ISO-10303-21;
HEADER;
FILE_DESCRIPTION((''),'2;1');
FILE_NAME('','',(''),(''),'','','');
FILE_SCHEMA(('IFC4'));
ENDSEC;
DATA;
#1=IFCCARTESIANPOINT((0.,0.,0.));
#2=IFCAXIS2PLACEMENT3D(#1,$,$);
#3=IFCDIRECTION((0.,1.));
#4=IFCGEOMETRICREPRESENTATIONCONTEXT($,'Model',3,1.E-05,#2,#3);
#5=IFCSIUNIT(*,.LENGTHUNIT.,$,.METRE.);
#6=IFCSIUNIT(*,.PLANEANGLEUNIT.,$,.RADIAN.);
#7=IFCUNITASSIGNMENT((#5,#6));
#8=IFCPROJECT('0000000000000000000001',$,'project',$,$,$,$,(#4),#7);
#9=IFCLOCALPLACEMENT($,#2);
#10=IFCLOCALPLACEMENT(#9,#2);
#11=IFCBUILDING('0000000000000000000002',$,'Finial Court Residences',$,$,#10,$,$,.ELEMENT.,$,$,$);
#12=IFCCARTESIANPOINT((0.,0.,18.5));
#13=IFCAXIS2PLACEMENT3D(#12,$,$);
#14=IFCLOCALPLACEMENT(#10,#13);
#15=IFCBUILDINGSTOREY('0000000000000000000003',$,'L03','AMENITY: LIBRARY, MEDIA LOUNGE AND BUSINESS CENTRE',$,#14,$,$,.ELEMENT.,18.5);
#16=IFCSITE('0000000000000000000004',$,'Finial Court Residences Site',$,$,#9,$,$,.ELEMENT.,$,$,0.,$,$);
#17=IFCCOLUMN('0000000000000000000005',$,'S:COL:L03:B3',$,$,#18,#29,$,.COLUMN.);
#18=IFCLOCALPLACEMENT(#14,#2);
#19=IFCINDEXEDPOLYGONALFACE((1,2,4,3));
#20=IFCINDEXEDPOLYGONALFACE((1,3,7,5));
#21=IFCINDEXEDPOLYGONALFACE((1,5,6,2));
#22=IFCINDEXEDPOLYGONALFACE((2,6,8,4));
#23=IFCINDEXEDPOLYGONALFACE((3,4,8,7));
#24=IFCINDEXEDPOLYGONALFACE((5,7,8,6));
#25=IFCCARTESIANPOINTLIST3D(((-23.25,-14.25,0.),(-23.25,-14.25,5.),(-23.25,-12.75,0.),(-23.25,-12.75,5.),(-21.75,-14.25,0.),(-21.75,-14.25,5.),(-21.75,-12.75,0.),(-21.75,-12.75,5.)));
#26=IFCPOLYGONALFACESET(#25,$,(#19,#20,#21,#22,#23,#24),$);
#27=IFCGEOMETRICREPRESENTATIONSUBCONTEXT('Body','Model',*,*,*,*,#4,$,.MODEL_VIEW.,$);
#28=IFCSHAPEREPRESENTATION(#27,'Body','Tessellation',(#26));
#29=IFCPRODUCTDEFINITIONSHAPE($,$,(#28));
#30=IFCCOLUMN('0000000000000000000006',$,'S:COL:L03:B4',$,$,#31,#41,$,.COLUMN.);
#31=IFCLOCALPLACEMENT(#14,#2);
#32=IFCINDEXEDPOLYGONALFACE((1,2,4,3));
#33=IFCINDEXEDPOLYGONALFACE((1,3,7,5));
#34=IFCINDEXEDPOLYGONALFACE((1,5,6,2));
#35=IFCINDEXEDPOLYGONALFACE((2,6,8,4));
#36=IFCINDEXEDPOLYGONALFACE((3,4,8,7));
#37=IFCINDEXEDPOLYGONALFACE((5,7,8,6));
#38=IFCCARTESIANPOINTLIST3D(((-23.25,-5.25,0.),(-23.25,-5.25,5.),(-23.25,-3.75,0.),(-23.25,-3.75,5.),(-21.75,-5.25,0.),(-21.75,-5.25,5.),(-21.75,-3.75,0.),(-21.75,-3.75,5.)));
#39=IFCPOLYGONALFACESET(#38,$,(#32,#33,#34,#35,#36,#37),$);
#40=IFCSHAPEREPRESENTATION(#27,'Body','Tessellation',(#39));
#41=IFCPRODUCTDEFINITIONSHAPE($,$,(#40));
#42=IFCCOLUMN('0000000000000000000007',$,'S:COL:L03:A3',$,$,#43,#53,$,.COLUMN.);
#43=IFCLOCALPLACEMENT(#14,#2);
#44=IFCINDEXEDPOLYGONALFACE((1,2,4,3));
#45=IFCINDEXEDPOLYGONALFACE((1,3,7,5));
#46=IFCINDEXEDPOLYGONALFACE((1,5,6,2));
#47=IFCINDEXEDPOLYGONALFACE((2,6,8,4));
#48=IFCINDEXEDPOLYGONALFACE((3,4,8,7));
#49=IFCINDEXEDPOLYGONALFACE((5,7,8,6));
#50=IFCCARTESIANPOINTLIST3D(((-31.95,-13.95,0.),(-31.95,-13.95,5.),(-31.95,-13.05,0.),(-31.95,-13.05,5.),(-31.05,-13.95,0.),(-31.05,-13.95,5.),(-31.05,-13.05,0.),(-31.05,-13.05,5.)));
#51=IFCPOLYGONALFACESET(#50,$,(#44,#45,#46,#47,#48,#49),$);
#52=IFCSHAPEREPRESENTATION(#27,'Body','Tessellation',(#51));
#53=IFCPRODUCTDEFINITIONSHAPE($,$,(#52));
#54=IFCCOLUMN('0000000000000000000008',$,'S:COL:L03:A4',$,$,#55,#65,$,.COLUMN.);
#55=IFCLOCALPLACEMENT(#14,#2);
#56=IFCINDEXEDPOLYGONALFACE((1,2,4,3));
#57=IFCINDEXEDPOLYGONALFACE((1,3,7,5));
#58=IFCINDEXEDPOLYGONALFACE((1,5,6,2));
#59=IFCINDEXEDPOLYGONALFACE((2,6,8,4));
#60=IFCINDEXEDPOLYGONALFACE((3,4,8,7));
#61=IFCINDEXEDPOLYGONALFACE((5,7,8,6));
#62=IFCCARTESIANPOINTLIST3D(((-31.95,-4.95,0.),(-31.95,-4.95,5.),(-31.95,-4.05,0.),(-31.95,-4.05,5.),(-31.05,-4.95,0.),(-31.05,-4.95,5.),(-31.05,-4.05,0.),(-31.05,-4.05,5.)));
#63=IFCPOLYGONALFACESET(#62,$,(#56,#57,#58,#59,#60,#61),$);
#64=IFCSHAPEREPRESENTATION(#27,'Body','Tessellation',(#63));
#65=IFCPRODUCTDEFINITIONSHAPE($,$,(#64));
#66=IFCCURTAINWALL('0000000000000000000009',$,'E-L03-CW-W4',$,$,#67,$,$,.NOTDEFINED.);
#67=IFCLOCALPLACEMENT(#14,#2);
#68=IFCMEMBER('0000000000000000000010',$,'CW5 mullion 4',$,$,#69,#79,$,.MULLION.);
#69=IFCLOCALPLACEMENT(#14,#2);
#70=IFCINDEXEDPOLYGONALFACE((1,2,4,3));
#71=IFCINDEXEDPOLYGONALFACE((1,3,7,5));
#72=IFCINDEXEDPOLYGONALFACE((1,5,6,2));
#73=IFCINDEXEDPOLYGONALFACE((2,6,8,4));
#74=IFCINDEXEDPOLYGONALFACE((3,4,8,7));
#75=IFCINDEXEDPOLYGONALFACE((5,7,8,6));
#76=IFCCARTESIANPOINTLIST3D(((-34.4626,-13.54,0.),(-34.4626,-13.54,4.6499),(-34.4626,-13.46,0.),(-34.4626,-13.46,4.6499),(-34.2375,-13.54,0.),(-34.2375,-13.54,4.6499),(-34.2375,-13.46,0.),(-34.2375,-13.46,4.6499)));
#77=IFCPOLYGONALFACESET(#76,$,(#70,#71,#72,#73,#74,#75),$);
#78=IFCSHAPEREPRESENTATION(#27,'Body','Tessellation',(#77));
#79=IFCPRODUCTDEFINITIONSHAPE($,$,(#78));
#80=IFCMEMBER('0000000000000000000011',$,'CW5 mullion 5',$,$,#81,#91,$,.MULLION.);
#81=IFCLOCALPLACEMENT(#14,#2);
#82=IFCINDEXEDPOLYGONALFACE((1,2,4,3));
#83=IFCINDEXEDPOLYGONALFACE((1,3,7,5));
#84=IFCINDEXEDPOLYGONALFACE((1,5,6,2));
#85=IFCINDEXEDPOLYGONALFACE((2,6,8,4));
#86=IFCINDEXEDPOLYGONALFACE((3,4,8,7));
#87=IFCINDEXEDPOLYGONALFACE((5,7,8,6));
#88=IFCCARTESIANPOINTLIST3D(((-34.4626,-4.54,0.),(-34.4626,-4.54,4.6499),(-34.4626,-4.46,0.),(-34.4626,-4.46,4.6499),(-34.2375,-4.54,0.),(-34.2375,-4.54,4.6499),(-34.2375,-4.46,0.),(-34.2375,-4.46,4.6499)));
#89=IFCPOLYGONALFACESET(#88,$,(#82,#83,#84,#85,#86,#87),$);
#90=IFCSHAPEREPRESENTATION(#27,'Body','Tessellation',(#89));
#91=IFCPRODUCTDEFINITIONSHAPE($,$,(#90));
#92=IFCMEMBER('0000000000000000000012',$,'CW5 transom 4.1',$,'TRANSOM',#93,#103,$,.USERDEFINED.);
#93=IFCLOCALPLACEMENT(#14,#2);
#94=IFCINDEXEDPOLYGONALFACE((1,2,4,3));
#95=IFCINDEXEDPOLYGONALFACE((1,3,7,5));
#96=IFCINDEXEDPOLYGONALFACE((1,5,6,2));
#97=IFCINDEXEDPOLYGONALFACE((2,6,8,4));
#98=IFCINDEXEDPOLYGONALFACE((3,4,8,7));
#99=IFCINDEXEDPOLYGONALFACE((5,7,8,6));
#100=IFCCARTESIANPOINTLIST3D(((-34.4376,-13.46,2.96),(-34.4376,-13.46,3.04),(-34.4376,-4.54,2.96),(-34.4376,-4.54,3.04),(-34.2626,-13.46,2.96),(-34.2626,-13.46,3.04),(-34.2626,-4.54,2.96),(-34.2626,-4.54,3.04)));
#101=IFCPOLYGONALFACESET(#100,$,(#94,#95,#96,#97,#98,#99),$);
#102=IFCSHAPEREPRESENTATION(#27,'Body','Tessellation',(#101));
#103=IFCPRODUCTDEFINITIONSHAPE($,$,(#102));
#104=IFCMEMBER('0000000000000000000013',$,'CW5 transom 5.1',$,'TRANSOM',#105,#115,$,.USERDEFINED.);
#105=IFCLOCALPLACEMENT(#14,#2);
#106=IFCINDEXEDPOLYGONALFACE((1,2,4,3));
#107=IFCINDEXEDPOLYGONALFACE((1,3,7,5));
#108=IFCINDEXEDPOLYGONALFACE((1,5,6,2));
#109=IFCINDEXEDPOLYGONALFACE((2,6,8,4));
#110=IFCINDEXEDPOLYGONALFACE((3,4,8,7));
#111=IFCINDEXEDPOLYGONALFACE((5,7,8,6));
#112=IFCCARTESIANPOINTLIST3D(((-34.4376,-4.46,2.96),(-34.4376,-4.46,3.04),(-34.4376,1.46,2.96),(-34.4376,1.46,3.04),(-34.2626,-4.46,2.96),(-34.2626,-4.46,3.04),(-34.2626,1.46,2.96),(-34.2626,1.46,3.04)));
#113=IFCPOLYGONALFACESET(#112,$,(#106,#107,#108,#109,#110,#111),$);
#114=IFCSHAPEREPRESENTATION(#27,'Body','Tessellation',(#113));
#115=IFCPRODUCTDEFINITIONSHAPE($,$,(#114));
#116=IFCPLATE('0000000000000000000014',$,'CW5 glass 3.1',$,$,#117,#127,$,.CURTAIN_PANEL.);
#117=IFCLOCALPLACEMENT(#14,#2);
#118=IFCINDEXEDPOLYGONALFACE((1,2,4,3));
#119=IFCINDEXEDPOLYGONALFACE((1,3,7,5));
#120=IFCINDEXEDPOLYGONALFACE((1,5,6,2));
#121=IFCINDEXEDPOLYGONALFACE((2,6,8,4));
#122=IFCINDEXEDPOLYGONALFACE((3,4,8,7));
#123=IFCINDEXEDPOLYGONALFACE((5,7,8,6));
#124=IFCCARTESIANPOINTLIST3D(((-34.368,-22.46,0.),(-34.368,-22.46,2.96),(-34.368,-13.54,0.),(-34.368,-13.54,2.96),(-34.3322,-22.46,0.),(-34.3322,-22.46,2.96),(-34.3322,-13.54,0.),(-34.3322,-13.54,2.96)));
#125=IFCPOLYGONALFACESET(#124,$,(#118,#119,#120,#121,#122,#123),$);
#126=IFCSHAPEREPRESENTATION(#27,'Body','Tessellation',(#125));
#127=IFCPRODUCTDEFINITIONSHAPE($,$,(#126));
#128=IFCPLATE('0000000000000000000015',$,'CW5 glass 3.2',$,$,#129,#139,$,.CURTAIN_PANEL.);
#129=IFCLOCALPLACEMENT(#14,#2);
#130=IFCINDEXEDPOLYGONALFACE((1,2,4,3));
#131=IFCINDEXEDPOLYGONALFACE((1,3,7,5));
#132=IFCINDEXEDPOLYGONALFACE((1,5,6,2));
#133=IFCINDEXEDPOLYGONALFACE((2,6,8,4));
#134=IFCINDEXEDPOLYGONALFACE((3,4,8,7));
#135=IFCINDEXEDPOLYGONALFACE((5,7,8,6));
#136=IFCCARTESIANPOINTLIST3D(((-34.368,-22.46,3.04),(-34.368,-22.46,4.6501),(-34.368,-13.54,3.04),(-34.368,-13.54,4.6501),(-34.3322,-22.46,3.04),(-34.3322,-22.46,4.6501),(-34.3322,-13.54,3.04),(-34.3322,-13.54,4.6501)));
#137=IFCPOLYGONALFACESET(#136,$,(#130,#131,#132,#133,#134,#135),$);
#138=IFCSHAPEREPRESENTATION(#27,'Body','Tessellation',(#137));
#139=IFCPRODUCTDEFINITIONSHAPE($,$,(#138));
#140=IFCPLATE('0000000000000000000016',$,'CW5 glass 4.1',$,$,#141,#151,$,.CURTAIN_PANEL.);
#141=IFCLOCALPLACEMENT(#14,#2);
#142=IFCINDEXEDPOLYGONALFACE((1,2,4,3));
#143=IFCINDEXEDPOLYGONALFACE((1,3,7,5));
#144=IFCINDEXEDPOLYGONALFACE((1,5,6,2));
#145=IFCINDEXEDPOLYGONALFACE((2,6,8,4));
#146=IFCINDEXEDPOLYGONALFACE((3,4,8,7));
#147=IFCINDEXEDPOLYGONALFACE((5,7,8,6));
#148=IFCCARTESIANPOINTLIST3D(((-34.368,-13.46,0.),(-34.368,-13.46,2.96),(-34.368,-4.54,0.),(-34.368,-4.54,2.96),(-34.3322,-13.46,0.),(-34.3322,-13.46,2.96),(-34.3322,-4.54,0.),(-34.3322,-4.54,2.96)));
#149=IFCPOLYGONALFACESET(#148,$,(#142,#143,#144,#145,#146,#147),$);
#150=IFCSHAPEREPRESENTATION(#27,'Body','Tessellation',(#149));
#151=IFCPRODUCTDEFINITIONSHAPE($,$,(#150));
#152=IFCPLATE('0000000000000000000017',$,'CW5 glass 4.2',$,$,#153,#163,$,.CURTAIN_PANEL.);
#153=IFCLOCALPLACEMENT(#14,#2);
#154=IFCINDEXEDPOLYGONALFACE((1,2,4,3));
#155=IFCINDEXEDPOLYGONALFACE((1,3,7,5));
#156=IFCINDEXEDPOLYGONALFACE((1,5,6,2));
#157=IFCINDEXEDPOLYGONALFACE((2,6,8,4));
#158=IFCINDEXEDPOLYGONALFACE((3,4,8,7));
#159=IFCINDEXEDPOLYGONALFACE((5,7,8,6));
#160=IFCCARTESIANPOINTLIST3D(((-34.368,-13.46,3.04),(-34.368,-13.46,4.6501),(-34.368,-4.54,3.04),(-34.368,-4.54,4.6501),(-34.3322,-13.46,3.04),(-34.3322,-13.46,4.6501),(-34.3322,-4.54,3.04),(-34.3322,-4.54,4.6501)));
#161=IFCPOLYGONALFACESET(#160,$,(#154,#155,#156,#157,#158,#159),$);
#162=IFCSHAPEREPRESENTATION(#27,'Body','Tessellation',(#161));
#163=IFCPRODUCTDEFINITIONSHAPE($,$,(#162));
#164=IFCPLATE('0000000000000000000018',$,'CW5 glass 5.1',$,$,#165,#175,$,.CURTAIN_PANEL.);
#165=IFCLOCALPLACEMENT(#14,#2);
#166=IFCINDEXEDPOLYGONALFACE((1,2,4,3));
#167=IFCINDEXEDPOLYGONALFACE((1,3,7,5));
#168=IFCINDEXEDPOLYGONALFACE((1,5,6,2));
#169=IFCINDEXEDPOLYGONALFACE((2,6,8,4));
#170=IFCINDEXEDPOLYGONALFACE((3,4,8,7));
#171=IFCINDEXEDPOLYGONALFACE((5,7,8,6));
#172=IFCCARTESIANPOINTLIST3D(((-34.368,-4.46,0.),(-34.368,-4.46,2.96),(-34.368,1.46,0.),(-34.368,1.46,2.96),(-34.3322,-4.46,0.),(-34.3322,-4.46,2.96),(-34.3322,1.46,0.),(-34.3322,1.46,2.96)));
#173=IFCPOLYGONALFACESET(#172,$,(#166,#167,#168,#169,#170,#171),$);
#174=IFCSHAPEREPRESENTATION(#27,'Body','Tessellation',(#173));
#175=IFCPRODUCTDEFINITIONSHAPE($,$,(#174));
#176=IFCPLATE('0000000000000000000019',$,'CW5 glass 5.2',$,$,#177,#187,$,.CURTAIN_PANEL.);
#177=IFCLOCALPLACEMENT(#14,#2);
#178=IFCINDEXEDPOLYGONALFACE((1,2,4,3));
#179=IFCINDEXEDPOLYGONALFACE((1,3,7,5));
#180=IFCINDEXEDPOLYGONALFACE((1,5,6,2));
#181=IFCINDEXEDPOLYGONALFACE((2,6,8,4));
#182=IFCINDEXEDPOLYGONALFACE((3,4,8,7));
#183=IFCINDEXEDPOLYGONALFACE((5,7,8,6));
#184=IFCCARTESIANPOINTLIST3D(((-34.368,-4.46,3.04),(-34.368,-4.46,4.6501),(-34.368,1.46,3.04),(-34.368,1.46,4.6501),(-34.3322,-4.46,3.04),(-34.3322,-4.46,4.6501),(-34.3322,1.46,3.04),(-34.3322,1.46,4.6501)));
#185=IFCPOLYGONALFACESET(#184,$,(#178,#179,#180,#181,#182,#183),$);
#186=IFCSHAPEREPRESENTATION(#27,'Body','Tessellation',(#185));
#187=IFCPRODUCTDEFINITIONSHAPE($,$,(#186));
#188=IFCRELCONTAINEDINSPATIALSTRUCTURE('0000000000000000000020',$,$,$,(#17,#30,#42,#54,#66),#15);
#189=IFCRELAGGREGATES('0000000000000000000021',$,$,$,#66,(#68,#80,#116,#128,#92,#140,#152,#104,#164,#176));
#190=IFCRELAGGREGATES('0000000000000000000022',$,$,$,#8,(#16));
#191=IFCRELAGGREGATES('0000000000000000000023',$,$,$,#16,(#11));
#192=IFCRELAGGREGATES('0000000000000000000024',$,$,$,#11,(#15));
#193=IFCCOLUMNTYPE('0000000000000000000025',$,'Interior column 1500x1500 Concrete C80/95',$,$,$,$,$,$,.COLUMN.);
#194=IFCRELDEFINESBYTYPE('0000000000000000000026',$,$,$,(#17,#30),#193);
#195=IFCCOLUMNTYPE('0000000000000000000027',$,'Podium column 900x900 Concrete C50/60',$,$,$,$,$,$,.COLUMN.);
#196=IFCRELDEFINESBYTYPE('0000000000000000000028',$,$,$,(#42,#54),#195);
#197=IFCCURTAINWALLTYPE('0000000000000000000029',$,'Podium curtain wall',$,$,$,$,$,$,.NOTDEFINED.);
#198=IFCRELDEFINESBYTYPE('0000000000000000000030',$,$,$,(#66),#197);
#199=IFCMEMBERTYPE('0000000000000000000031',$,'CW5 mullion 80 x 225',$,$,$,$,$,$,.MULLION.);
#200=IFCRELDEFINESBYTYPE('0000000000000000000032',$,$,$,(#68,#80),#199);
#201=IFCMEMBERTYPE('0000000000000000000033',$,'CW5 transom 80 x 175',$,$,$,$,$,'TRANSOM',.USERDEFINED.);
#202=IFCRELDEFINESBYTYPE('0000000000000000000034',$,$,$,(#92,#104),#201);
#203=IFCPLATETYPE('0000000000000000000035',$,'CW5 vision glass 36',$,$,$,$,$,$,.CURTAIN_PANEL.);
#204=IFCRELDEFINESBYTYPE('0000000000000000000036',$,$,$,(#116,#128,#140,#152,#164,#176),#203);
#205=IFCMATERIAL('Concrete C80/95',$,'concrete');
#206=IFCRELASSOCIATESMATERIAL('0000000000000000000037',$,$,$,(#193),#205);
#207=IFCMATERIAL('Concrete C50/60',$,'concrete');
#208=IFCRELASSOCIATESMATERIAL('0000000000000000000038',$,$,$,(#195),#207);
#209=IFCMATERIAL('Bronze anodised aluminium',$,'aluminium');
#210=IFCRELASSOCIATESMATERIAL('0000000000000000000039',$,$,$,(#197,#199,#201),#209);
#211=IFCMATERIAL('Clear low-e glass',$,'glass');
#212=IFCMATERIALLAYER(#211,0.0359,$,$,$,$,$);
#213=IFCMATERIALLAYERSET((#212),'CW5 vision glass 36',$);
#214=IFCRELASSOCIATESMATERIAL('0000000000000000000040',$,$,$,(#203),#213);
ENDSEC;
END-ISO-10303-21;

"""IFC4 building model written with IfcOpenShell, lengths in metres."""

from ifc_helpers import new_model, si_unit, direction, frame, origin, origin_2d, place, context, subcontext, project, spatial, rectangle, extrude, material, layer, layer_set, material_profile, profile_set, type_object, element, aggregate, save


model = new_model("IFC4")

# Units and contexts
model_context = context("Model", 3, precision=1e-05, world=origin(), true_north=direction((0.0, 1.0)))
body_context = subcontext(model_context, "Body", "Model", "MODEL_VIEW")
ifc_project = project(units=[si_unit("LENGTHUNIT", "METRE"), si_unit("PLANEANGLEUNIT", "RADIAN")], contexts=[model_context])

# Site, building, storey
site_placement = place(None, origin())
site = spatial("IfcSite", under=ifc_project, at=site_placement, Name="Finial Court Residences Site", CompositionType="ELEMENT", RefElevation=0.0)
building_placement = place(site_placement, origin())
building = spatial("IfcBuilding", under=site, at=building_placement, Name="Finial Court Residences", CompositionType="ELEMENT")
storey_placement = place(building_placement, frame((0.0, 0.0, 18.5)))
storey = spatial("IfcBuildingStorey", under=building, at=storey_placement, Name="L03", Description="AMENITY: LIBRARY, MEDIA LOUNGE AND BUSINESS CENTRE", CompositionType="ELEMENT", Elevation=18.5)

# Columns
ifc_material_1 = material(Name="Concrete C80/95", Category="concrete")
ifc_material_profile_1 = material_profile(ifc_material_1, rectangle(XDim=1.5, YDim=1.5, at=origin_2d()), Name="1500x1500")
ifc_profile_set_1 = profile_set([ifc_material_profile_1], Name="Concrete C80/95")
column_type_1 = type_object("IfcColumnType", Name="Interior column 1500x1500 Concrete C80/95", PredefinedType="COLUMN", material=ifc_profile_set_1)
for number, where, z_axis, x_axis, name in (
    (1, (-22.5, -13.5, 0.0), (0.0, 0.0, 1.0), (1.0, 0.0, 0.0), "S:COL:L03:B3"),
    (2, (-22.5, -4.5, 0.0), (0.0, 0.0, 1.0), (1.0, 0.0, 0.0), "S:COL:L03:B4"),
):
    element("IfcColumn", number, at=place(storey_placement, frame(where, z_axis=z_axis, x_axis=x_axis)), inside=storey, type_object=column_type_1, Name=name, PredefinedType="COLUMN", context=body_context, shape_type="SweptSolid", body=[
        extrude(rectangle(XDim=1.5, YDim=1.5, at=origin_2d()), origin(), (0.0, 0.0, 1.0), 5.0),
    ])
ifc_material_2 = material(Name="Concrete C50/60", Category="concrete")
ifc_material_profile_2 = material_profile(ifc_material_2, rectangle(XDim=0.8999, YDim=0.8999, at=origin_2d()), Name="900x900")
ifc_profile_set_2 = profile_set([ifc_material_profile_2], Name="Concrete C50/60")
column_type_2 = type_object("IfcColumnType", Name="Podium column 900x900 Concrete C50/60", PredefinedType="COLUMN", material=ifc_profile_set_2)
for number, where, z_axis, x_axis, name in (
    (3, (-31.5, -13.5, 0.0), (0.0, 0.0, 1.0), (1.0, 0.0, 0.0), "S:COL:L03:A3"),
    (4, (-31.5, -4.5, 0.0), (0.0, 0.0, 1.0), (1.0, 0.0, 0.0), "S:COL:L03:A4"),
):
    element("IfcColumn", number, at=place(storey_placement, frame(where, z_axis=z_axis, x_axis=x_axis)), inside=storey, type_object=column_type_2, Name=name, PredefinedType="COLUMN", context=body_context, shape_type="SweptSolid", body=[
        extrude(rectangle(XDim=0.8999, YDim=0.8999, at=origin_2d()), origin(), (0.0, 0.0, 1.0), 5.0),
    ])

# Curtain wall, members, plates
ifc_material_3 = material(Name="Bronze anodised aluminium", Category="aluminium")
curtain_wall_type = type_object("IfcCurtainWallType", Name="Podium curtain wall", PredefinedType="NOTDEFINED", material=ifc_material_3)
curtain_wall_placement = place(storey_placement, origin())
curtain_wall = element("IfcCurtainWall", 5, at=curtain_wall_placement, inside=storey, type_object=curtain_wall_type, Name="E-L03-CW-W4", PredefinedType="NOTDEFINED")
ifc_material_profile_3 = material_profile(ifc_material_3, rectangle(XDim=0.2251, YDim=0.0801, at=origin_2d()), Name="CW5 mullion 80 x 225")
ifc_profile_set_3 = profile_set([ifc_material_profile_3], Name="Bronze anodised aluminium")
member_type_1 = type_object("IfcMemberType", Name="CW5 mullion 80 x 225", PredefinedType="MULLION", material=ifc_profile_set_3)
member_1_placement = place(storey_placement, frame((-34.3501, -13.5, 0.0), z_axis=(0.0, 0.0, 1.0), x_axis=(-1.0, 0.0, 0.0)))
member_1 = element("IfcMember", 6, at=member_1_placement, type_object=member_type_1, Name="CW5 mullion 4", PredefinedType="MULLION", context=body_context, shape_type="SweptSolid", body=[
    extrude(rectangle(XDim=0.2251, YDim=0.0801, at=origin_2d()), origin(), (0.0, 0.0, 1.0), 4.6499),
])
member_2_placement = place(storey_placement, frame((-34.3501, -4.5, 0.0), z_axis=(0.0, 0.0, 1.0), x_axis=(-1.0, 0.0, 0.0)))
member_2 = element("IfcMember", 7, at=member_2_placement, type_object=member_type_1, Name="CW5 mullion 5", PredefinedType="MULLION", context=body_context, shape_type="SweptSolid", body=[
    extrude(rectangle(XDim=0.2251, YDim=0.0801, at=origin_2d()), origin(), (0.0, 0.0, 1.0), 4.6499),
])
ifc_material_profile_4 = material_profile(ifc_material_3, rectangle(XDim=0.175, YDim=0.0801, at=origin_2d()), Name="CW5 transom 80 x 175")
ifc_profile_set_4 = profile_set([ifc_material_profile_4], Name="Bronze anodised aluminium")
member_type_2 = type_object("IfcMemberType", Name="CW5 transom 80 x 175", ElementType="TRANSOM", PredefinedType="USERDEFINED", material=ifc_profile_set_4)
member_3_placement = place(storey_placement, frame((-34.3501, -13.46, 3.0), z_axis=(0.0, 1.0, 0.0), x_axis=(-1.0, 0.0, 0.0)))
member_3 = element("IfcMember", 8, at=member_3_placement, type_object=member_type_2, Name="CW5 transom 4.1", ObjectType="TRANSOM", PredefinedType="USERDEFINED", context=body_context, shape_type="SweptSolid", body=[
    extrude(rectangle(XDim=0.175, YDim=0.0801, at=origin_2d()), origin(), (0.0, 0.0, 1.0), 8.9199),
])
member_4_placement = place(storey_placement, frame((-34.3501, -4.46, 3.0), z_axis=(0.0, 1.0, 0.0), x_axis=(-1.0, 0.0, 0.0)))
member_4 = element("IfcMember", 9, at=member_4_placement, type_object=member_type_2, Name="CW5 transom 5.1", ObjectType="TRANSOM", PredefinedType="USERDEFINED", context=body_context, shape_type="SweptSolid", body=[
    extrude(rectangle(XDim=0.175, YDim=0.0801, at=origin_2d()), origin(), (0.0, 0.0, 1.0), 5.9199),
])
ifc_material_4 = material(Name="Clear low-e glass", Category="glass")
ifc_layer_1 = layer(ifc_material_4, 0.0359)
ifc_layer_set_1 = layer_set([ifc_layer_1], Name="CW5 vision glass 36")
plate_type = type_object("IfcPlateType", Name="CW5 vision glass 36", PredefinedType="CURTAIN_PANEL", material=ifc_layer_set_1)
plate_1_placement = place(storey_placement, frame((-34.3501, -18.0, 0.0), z_axis=(0.0, 0.0, 1.0), x_axis=(0.0, 1.0, 0.0)))
plate_1 = element("IfcPlate", 10, at=plate_1_placement, type_object=plate_type, Name="CW5 glass 3.1", PredefinedType="CURTAIN_PANEL", context=body_context, shape_type="SweptSolid", body=[
    extrude(rectangle(XDim=8.9199, YDim=0.0359, at=origin_2d()), origin(), (0.0, 0.0, 1.0), 2.96),
])
plate_2_placement = place(storey_placement, frame((-34.3501, -18.0, 3.04), z_axis=(0.0, 0.0, 1.0), x_axis=(0.0, 1.0, 0.0)))
plate_2 = element("IfcPlate", 11, at=plate_2_placement, type_object=plate_type, Name="CW5 glass 3.2", PredefinedType="CURTAIN_PANEL", context=body_context, shape_type="SweptSolid", body=[
    extrude(rectangle(XDim=8.9199, YDim=0.0359, at=origin_2d()), origin(), (0.0, 0.0, 1.0), 1.6101),
])
plate_3_placement = place(storey_placement, frame((-34.3501, -9.0, 0.0), z_axis=(0.0, 0.0, 1.0), x_axis=(0.0, 1.0, 0.0)))
plate_3 = element("IfcPlate", 12, at=plate_3_placement, type_object=plate_type, Name="CW5 glass 4.1", PredefinedType="CURTAIN_PANEL", context=body_context, shape_type="SweptSolid", body=[
    extrude(rectangle(XDim=8.9199, YDim=0.0359, at=origin_2d()), origin(), (0.0, 0.0, 1.0), 2.96),
])
plate_4_placement = place(storey_placement, frame((-34.3501, -9.0, 3.04), z_axis=(0.0, 0.0, 1.0), x_axis=(0.0, 1.0, 0.0)))
plate_4 = element("IfcPlate", 13, at=plate_4_placement, type_object=plate_type, Name="CW5 glass 4.2", PredefinedType="CURTAIN_PANEL", context=body_context, shape_type="SweptSolid", body=[
    extrude(rectangle(XDim=8.9199, YDim=0.0359, at=origin_2d()), origin(), (0.0, 0.0, 1.0), 1.6101),
])
plate_5_placement = place(storey_placement, frame((-34.3501, -1.5, 0.0), z_axis=(0.0, 0.0, 1.0), x_axis=(0.0, 1.0, 0.0)))
plate_5 = element("IfcPlate", 14, at=plate_5_placement, type_object=plate_type, Name="CW5 glass 5.1", PredefinedType="CURTAIN_PANEL", context=body_context, shape_type="SweptSolid", body=[
    extrude(rectangle(XDim=5.9199, YDim=0.0359, at=origin_2d()), origin(), (0.0, 0.0, 1.0), 2.96),
])
plate_6_placement = place(storey_placement, frame((-34.3501, -1.5, 3.04), z_axis=(0.0, 0.0, 1.0), x_axis=(0.0, 1.0, 0.0)))
plate_6 = element("IfcPlate", 15, at=plate_6_placement, type_object=plate_type, Name="CW5 glass 5.2", PredefinedType="CURTAIN_PANEL", context=body_context, shape_type="SweptSolid", body=[
    extrude(rectangle(XDim=5.9199, YDim=0.0359, at=origin_2d()), origin(), (0.0, 0.0, 1.0), 1.6101),
])
aggregate(curtain_wall, [member_1, member_2, plate_1, plate_2, member_3, plate_3, plate_4, member_4, plate_5, plate_6])

save(model, "model.ifc")
